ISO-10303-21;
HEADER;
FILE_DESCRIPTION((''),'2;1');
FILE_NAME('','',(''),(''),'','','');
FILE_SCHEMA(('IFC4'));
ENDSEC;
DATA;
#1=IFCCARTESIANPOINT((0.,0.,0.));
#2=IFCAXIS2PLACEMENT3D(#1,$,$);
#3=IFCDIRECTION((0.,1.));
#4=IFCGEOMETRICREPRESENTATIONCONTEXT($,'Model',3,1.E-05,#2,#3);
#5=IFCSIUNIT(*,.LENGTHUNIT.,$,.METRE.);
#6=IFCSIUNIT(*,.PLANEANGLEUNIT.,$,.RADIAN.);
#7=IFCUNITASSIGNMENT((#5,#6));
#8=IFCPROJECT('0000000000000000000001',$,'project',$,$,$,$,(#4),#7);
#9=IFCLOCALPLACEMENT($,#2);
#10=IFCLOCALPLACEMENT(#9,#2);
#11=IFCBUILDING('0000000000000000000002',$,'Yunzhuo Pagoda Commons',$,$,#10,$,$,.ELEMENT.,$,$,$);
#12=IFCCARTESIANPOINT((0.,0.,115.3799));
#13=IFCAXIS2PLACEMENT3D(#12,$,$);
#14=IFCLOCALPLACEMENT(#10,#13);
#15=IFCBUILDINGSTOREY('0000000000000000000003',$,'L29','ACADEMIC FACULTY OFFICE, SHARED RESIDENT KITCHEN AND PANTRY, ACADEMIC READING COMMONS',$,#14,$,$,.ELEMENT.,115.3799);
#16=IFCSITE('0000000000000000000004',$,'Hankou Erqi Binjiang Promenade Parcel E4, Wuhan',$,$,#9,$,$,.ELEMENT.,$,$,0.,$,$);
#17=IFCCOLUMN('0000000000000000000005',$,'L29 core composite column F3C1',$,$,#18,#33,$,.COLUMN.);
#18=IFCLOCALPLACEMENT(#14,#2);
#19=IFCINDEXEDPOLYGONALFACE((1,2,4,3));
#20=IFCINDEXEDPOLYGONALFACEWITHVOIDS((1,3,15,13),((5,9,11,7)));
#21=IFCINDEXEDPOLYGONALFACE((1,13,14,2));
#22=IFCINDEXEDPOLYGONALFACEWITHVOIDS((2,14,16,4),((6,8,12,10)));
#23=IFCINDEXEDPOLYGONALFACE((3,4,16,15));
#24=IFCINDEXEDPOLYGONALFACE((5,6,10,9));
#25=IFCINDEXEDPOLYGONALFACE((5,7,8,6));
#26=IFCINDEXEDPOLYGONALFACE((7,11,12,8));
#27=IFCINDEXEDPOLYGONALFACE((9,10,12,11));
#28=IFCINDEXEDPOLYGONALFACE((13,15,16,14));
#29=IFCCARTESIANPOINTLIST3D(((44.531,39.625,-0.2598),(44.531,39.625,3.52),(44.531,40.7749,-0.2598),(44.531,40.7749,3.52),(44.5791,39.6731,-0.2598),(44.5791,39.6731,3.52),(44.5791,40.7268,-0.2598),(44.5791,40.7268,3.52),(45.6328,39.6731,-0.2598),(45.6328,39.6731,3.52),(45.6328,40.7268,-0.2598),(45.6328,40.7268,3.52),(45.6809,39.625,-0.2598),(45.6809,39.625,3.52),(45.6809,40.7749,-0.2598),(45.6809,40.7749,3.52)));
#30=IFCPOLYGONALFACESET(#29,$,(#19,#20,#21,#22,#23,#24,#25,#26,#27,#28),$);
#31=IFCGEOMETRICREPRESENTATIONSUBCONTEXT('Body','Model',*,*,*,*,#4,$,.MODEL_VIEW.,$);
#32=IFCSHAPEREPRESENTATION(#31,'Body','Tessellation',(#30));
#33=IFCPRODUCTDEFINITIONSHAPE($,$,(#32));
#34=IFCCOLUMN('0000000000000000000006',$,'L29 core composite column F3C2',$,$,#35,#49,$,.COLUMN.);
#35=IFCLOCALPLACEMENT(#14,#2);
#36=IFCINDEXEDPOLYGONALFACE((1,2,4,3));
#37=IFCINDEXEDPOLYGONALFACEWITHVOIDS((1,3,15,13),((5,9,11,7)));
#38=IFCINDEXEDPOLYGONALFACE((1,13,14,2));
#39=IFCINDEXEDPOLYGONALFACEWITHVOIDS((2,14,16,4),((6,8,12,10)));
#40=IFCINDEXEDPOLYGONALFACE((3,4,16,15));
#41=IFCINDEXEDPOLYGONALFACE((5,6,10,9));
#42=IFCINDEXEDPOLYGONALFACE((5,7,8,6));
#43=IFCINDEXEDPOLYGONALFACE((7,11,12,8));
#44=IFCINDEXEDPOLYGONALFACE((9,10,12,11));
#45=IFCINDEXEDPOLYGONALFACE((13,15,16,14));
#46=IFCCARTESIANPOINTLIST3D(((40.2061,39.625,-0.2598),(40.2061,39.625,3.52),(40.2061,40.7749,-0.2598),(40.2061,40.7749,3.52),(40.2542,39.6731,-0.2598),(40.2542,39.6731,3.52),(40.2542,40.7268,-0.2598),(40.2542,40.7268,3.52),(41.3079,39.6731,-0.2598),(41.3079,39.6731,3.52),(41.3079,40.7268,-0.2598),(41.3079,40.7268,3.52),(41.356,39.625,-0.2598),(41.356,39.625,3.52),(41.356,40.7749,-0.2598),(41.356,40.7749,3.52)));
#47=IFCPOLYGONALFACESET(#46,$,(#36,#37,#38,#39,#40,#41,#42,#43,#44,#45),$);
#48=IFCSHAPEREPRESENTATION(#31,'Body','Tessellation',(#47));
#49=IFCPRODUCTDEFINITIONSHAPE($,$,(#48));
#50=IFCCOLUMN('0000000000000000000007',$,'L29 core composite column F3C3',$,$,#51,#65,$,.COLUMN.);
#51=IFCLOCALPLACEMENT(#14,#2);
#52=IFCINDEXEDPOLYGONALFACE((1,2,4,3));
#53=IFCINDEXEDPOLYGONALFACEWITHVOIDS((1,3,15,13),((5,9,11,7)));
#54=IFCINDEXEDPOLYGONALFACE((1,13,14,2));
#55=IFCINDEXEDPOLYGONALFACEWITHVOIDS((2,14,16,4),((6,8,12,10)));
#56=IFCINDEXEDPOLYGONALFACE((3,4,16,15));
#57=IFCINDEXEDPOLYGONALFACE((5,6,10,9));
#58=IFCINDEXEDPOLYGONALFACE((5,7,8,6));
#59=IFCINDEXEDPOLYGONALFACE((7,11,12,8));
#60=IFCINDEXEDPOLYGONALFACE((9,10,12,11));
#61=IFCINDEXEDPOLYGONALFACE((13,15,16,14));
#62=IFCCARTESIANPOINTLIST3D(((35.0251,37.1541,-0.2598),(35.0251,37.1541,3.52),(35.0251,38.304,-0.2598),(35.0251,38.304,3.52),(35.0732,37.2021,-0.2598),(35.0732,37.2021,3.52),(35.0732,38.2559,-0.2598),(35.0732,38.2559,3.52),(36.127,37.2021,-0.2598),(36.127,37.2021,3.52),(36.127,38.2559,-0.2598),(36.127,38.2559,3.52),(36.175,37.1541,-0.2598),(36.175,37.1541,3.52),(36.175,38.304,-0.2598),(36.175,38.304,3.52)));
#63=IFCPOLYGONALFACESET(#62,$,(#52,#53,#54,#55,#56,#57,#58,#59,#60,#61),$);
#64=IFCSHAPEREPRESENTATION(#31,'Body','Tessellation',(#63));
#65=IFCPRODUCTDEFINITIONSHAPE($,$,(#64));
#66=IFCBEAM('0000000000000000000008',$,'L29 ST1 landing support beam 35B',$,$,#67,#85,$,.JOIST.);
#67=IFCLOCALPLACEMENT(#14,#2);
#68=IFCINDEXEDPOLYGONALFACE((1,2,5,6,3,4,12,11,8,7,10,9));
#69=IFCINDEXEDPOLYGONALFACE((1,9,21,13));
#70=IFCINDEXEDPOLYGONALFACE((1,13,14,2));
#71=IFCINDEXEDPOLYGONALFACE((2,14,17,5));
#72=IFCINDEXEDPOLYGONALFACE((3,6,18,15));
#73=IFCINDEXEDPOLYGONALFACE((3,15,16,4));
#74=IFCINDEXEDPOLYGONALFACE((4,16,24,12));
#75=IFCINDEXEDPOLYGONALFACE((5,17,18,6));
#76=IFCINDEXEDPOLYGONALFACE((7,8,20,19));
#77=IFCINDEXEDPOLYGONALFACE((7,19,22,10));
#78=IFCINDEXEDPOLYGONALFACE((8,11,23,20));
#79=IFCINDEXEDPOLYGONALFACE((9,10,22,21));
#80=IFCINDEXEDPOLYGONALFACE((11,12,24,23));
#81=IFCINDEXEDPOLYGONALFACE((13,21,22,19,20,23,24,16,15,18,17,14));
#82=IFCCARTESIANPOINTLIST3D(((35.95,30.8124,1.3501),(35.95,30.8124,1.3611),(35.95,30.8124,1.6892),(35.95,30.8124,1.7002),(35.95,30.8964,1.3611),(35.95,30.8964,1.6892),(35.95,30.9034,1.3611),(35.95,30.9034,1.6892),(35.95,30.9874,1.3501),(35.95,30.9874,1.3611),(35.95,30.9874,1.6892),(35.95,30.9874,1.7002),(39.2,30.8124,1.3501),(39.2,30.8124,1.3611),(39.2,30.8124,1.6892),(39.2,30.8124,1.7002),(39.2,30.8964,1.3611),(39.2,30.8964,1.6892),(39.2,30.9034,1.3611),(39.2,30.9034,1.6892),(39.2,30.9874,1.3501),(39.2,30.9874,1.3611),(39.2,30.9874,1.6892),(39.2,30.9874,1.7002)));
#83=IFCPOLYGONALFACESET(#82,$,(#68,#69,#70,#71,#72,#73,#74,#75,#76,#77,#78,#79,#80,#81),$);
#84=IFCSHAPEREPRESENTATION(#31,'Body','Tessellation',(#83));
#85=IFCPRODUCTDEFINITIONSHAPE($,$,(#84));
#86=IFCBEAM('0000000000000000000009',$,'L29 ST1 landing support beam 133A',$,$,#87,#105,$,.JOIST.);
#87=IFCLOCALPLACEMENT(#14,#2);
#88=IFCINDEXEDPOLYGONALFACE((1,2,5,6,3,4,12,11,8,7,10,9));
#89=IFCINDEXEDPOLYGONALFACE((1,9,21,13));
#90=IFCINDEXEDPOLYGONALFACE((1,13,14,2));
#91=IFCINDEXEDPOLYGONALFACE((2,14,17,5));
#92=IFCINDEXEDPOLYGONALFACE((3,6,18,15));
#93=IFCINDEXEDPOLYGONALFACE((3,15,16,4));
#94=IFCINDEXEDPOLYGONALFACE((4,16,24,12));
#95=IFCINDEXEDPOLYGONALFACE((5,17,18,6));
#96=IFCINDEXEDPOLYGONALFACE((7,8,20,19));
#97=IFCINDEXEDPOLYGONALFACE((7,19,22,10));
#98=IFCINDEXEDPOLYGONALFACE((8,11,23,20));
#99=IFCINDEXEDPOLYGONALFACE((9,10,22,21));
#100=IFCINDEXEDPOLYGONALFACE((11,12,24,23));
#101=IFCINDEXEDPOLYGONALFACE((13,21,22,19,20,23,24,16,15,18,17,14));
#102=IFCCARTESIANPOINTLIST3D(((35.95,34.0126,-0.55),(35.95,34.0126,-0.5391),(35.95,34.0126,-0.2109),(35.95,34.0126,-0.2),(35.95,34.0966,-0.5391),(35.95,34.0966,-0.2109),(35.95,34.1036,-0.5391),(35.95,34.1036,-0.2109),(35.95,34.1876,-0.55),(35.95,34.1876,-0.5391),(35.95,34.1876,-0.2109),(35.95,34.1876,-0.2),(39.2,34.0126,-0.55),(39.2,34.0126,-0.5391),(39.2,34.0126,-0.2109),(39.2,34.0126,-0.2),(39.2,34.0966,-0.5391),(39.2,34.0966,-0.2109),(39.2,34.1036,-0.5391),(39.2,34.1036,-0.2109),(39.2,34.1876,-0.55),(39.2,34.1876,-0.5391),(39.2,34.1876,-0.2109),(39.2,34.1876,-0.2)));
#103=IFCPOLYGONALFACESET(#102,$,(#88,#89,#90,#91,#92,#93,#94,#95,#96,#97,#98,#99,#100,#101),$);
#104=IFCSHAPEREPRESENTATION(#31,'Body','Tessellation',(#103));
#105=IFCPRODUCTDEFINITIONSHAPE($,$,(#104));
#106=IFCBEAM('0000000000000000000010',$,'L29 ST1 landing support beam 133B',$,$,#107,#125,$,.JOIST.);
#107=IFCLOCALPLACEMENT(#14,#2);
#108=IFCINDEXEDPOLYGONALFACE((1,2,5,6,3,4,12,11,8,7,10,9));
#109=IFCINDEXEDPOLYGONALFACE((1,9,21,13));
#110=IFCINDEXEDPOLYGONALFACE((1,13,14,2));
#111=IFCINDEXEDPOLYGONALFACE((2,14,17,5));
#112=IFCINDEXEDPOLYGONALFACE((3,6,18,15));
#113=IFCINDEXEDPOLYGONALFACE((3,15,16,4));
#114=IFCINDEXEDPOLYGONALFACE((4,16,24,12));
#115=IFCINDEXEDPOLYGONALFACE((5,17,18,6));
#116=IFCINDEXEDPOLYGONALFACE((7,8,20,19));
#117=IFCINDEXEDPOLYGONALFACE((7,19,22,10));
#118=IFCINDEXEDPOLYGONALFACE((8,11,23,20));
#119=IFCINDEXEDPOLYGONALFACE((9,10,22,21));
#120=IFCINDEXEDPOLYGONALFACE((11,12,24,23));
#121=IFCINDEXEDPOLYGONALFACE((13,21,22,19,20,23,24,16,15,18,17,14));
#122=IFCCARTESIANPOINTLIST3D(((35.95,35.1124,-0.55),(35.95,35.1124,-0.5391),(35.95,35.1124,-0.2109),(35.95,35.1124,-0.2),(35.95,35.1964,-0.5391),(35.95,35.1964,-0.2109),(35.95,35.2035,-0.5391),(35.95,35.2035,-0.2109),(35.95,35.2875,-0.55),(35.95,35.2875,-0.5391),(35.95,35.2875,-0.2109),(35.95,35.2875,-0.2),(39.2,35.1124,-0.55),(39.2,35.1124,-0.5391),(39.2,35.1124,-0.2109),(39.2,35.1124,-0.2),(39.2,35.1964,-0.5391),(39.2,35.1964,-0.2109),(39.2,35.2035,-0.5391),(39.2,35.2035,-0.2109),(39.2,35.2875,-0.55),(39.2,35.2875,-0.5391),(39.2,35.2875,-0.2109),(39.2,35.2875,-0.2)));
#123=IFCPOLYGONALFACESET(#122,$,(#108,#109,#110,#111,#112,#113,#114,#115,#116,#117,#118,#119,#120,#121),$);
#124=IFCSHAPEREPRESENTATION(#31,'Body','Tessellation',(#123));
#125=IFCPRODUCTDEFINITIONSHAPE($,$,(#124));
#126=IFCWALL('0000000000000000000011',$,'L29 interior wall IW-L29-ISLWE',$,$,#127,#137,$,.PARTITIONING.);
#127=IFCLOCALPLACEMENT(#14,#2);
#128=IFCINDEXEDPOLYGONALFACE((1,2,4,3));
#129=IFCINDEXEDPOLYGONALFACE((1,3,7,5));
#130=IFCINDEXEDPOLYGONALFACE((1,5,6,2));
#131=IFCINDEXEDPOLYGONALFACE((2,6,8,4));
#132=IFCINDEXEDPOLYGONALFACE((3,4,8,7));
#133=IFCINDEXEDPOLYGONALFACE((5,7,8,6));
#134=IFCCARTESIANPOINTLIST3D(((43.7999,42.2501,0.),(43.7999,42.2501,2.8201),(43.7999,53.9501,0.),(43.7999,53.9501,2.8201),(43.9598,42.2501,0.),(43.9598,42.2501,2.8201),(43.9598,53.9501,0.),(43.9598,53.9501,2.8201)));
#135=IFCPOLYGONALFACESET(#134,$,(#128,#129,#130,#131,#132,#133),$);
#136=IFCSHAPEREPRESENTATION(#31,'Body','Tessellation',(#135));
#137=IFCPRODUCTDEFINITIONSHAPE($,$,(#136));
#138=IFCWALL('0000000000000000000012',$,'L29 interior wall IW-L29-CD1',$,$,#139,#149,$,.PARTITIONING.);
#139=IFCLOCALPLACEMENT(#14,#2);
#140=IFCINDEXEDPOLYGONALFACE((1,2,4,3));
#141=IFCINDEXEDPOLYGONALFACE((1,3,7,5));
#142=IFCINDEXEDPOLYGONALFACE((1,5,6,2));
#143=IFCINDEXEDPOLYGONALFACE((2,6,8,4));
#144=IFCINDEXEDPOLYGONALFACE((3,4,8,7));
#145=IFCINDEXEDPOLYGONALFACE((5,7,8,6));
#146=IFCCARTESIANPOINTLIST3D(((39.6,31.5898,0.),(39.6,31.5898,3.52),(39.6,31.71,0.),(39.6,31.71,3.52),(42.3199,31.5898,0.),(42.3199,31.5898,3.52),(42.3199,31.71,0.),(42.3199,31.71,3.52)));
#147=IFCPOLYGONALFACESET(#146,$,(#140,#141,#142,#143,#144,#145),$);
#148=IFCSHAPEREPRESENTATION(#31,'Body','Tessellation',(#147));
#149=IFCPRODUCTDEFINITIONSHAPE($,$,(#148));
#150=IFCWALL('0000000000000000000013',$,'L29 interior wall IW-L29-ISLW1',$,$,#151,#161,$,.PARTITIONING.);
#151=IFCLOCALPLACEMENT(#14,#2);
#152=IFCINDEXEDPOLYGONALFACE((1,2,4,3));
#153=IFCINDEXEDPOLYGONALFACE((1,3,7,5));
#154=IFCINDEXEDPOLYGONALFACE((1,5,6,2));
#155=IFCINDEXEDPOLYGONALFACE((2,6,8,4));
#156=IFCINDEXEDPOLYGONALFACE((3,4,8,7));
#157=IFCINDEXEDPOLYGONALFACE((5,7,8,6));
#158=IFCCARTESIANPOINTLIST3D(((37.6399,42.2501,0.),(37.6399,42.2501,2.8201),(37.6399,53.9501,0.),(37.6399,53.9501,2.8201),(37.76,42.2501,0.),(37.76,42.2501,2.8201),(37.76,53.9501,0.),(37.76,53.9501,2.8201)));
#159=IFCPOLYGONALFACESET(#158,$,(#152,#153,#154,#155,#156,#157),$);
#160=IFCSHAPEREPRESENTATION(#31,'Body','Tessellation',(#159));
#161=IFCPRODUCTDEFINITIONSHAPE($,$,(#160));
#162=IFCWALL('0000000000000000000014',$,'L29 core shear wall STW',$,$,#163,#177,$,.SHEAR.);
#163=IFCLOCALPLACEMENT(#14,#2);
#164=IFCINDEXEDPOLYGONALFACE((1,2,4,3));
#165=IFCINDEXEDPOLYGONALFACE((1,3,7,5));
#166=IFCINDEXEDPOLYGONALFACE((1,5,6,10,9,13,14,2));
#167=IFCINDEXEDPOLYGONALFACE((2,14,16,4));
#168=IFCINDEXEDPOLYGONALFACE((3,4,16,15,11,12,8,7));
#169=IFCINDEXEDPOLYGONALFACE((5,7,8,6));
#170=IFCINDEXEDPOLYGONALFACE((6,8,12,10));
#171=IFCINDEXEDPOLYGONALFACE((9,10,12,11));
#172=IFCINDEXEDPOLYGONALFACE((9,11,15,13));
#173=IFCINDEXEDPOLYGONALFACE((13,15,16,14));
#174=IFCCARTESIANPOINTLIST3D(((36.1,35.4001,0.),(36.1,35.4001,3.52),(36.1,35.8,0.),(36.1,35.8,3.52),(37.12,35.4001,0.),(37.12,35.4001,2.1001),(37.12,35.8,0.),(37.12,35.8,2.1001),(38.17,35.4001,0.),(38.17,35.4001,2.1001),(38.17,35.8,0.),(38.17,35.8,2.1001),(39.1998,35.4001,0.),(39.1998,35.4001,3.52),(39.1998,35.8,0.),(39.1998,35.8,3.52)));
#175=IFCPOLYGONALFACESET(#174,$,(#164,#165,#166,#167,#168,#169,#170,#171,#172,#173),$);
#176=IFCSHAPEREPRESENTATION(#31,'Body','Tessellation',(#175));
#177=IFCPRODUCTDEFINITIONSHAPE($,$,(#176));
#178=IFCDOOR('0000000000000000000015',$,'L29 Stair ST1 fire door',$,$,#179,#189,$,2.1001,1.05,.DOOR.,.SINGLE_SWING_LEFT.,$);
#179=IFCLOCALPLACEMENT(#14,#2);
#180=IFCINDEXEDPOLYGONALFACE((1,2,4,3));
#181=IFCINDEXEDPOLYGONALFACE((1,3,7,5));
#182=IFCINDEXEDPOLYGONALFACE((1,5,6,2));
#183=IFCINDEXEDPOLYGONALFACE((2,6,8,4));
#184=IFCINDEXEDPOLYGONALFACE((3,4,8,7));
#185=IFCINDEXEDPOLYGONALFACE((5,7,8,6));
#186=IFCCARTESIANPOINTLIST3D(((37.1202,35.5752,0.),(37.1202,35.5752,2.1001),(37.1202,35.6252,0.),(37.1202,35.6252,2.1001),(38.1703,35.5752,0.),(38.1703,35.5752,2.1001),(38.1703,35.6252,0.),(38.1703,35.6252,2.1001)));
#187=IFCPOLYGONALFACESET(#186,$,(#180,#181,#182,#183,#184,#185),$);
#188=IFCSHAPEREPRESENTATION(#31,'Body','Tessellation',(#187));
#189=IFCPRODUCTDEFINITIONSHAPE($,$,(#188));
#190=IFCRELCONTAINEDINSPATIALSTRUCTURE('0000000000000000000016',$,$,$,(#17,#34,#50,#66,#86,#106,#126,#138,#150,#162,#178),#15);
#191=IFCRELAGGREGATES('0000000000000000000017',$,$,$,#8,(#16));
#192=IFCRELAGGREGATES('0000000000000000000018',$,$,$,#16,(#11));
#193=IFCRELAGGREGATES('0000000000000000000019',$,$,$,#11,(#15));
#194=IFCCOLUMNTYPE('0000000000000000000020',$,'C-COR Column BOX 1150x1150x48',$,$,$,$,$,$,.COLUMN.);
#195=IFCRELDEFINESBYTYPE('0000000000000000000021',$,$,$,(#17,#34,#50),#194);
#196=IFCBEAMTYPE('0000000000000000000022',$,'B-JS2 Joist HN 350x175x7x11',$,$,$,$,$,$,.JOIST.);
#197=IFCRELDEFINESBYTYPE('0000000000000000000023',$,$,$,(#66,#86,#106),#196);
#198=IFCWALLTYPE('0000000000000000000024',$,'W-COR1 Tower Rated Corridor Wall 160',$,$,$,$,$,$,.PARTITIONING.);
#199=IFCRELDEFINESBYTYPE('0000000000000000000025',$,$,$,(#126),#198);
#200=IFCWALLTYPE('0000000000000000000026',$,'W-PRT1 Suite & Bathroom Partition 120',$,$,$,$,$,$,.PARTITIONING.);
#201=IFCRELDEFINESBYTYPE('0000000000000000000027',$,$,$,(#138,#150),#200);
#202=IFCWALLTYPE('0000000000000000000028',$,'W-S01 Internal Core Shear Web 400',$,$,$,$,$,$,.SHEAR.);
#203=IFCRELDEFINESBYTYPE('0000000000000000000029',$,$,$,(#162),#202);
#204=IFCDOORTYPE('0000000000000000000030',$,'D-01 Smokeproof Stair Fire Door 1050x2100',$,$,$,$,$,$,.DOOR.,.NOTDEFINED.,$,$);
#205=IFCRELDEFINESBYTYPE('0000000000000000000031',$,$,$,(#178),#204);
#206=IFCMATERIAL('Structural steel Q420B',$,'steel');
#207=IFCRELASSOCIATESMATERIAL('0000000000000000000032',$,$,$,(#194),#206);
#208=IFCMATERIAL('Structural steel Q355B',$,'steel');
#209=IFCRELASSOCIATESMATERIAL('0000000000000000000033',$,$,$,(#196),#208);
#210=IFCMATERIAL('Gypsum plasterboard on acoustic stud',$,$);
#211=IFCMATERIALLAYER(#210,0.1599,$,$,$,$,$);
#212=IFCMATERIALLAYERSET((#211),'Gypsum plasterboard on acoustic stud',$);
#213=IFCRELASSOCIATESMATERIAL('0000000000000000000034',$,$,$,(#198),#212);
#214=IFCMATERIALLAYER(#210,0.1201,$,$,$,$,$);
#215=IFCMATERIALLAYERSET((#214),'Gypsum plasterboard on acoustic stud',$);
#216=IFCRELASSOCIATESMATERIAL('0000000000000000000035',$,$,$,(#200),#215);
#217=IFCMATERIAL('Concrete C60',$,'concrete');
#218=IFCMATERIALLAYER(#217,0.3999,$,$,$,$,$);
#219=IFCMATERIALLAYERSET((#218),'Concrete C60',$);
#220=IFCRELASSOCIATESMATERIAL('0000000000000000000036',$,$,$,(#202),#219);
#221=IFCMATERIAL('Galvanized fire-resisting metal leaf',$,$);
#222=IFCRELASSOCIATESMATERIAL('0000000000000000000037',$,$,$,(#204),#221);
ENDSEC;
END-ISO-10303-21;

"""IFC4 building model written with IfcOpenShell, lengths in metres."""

from ifc_helpers import new_model, si_unit, direction, frame, frame_2d, origin, origin_2d, place, context, subcontext, project, spatial, rectangle, hollow_rectangle, i_section, extrude, source, transform, mapped, material, layer, layer_set, material_profile, profile_set, type_object, element, fill, save


model = new_model("IFC4")

# Units and contexts
model_context = context("Model", 3, precision=1e-05, world=origin(), true_north=direction((0.0, 1.0)))
body_context = subcontext(model_context, "Body", "Model", "MODEL_VIEW")
ifc_project = project(units=[si_unit("LENGTHUNIT", "METRE"), si_unit("PLANEANGLEUNIT", "RADIAN")], contexts=[model_context])

# Site, building, storey
site_placement = place(None, origin())
site = spatial("IfcSite", under=ifc_project, at=site_placement, Name="Hankou Erqi Binjiang Promenade Parcel E4, Wuhan", CompositionType="ELEMENT", RefElevation=0.0)
building_placement = place(site_placement, origin())
building = spatial("IfcBuilding", under=site, at=building_placement, Name="Yunzhuo Pagoda Commons", CompositionType="ELEMENT")
storey_placement = place(building_placement, frame((0.0, 0.0, 115.3799)))
storey = spatial("IfcBuildingStorey", under=building, at=storey_placement, Name="L29", Description="ACADEMIC FACULTY OFFICE, SHARED RESIDENT KITCHEN AND PANTRY, ACADEMIC READING COMMONS", CompositionType="ELEMENT", Elevation=115.3799)

# Columns
ifc_material_1 = material(Name="Structural steel Q420B", Category="steel")
ifc_material_profile_1 = material_profile(ifc_material_1, hollow_rectangle(XDim=1.1499, YDim=1.1499, WallThickness=0.0481, at=origin_2d()), Name="Structural steel Q420B")
ifc_profile_set_1 = profile_set([ifc_material_profile_1], Name="Structural steel Q420B")
column_type = type_object("IfcColumnType", Name="C-COR Column BOX 1150x1150x48", PredefinedType="COLUMN", material=ifc_profile_set_1)
shared_shape_1 = source(origin(), body_context, "Body", "SweptSolid", [
    extrude(hollow_rectangle(XDim=1.1499, YDim=1.1499, WallThickness=0.0481, at=origin_2d()), origin(), (0.0, 0.0, 1.0), 3.7798),
])
for number, where, z_axis, x_axis, name in (
    (1, (45.106, 40.2, -0.2598), (0.0, 0.0, 1.0), (1.0, 0.0, 0.0), "L29 core composite column F3C1"),
    (2, (40.781, 40.2, -0.2598), (0.0, 0.0, 1.0), (1.0, 0.0, 0.0), "L29 core composite column F3C2"),
    (3, (35.6001, 37.729, -0.2598), (0.0, 0.0, 1.0), (1.0, 0.0, 0.0), "L29 core composite column F3C3"),
):
    element("IfcColumn", number, at=place(storey_placement, frame(where, z_axis=z_axis, x_axis=x_axis)), inside=storey, type_object=column_type, Name=name, PredefinedType="COLUMN", context=body_context, shape_type="MappedRepresentation", body=[
        mapped(shared_shape_1, transform((0.0, 0.0, 0.0), scale=1.0)),
    ])

# Beams
ifc_material_2 = material(Name="Structural steel Q355B", Category="steel")
ifc_material_profile_2 = material_profile(ifc_material_2, i_section(OverallWidth=0.175, OverallDepth=0.3501, WebThickness=0.0071, FlangeThickness=0.011, at=origin_2d()), Name="Structural steel Q355B")
ifc_profile_set_2 = profile_set([ifc_material_profile_2], Name="Structural steel Q355B")
beam_type = type_object("IfcBeamType", Name="B-JS2 Joist HN 350x175x7x11", PredefinedType="JOIST", material=ifc_profile_set_2)
shared_shape_2 = source(origin(), body_context, "Body", "SweptSolid", [
    extrude(i_section(OverallWidth=0.175, OverallDepth=0.3501, WebThickness=0.0071, FlangeThickness=0.011, at=origin_2d()), origin(), (0.0, 0.0, 1.0), 3.25),
])
for number, where, z_axis, x_axis, name in (
    (4, (35.95, 30.8999, 1.5251), (1.0, 0.0, 0.0), (0.0, 1.0, 0.0), "L29 ST1 landing support beam 35B"),
    (5, (35.95, 34.1001, -0.375), (1.0, 0.0, 0.0), (0.0, 1.0, 0.0), "L29 ST1 landing support beam 133A"),
    (6, (35.95, 35.2, -0.375), (1.0, 0.0, 0.0), (0.0, 1.0, 0.0), "L29 ST1 landing support beam 133B"),
):
    element("IfcBeam", number, at=place(storey_placement, frame(where, z_axis=z_axis, x_axis=x_axis)), inside=storey, type_object=beam_type, Name=name, PredefinedType="JOIST", context=body_context, shape_type="MappedRepresentation", body=[
        mapped(shared_shape_2, transform((0.0, 0.0, 0.0), scale=1.0)),
    ])

# Walls
ifc_material_3 = material(Name="Gypsum plasterboard on acoustic stud")
ifc_layer_1 = layer(ifc_material_3, 0.1599)
ifc_layer_set_1 = layer_set([ifc_layer_1], Name="Gypsum plasterboard on acoustic stud")
wall_type_1 = type_object("IfcWallType", Name="W-COR1 Tower Rated Corridor Wall 160", PredefinedType="PARTITIONING", material=ifc_layer_set_1)
wall_1_placement = place(storey_placement, frame((43.8799, 42.25, 0.0), z_axis=(0.0, 0.0, 1.0), x_axis=(0.0, 1.0, 0.0)))
element("IfcWall", 7, at=wall_1_placement, inside=storey, type_object=wall_type_1, Name="L29 interior wall IW-L29-ISLWE", PredefinedType="PARTITIONING", context=body_context, shape_type="SweptSolid", body=[
    extrude(rectangle(XDim=11.7, YDim=0.1599, at=frame_2d((5.8501, 0.0))), origin(), (0.0, 0.0, 1.0), 2.8201),
])
ifc_layer_2 = layer(ifc_material_3, 0.1201)
ifc_layer_set_2 = layer_set([ifc_layer_2], Name="Gypsum plasterboard on acoustic stud")
wall_type_2 = type_object("IfcWallType", Name="W-PRT1 Suite & Bathroom Partition 120", PredefinedType="PARTITIONING", material=ifc_layer_set_2)
wall_2_placement = place(storey_placement, frame((39.6001, 31.6499, 0.0), z_axis=(0.0, 0.0, 1.0), x_axis=(1.0, 0.0, 0.0)))
element("IfcWall", 8, at=wall_2_placement, inside=storey, type_object=wall_type_2, Name="L29 interior wall IW-L29-CD1", PredefinedType="PARTITIONING", context=body_context, shape_type="SweptSolid", body=[
    extrude(rectangle(XDim=2.72, YDim=0.1201, at=frame_2d((1.3599, 0.0))), origin(), (0.0, 0.0, 1.0), 3.52),
])
wall_3_placement = place(storey_placement, frame((37.7, 42.25, 0.0), z_axis=(0.0, 0.0, 1.0), x_axis=(0.0, 1.0, 0.0)))
element("IfcWall", 9, at=wall_3_placement, inside=storey, type_object=wall_type_2, Name="L29 interior wall IW-L29-ISLW1", PredefinedType="PARTITIONING", context=body_context, shape_type="SweptSolid", body=[
    extrude(rectangle(XDim=11.7, YDim=0.1201, at=frame_2d((5.8501, 0.0))), origin(), (0.0, 0.0, 1.0), 2.8201),
])

# Wall, opening, door
ifc_material_4 = material(Name="Concrete C60", Category="concrete")
ifc_layer_3 = layer(ifc_material_4, 0.3999)
ifc_layer_set_3 = layer_set([ifc_layer_3], Name="Concrete C60")
wall_type_3 = type_object("IfcWallType", Name="W-S01 Internal Core Shear Web 400", PredefinedType="SHEAR", material=ifc_layer_set_3)
wall_4_placement = place(storey_placement, frame((36.1001, 35.6001, 0.0), z_axis=(0.0, 0.0, 1.0), x_axis=(1.0, 0.0, 0.0)))
wall_4 = element("IfcWall", 10, at=wall_4_placement, inside=storey, type_object=wall_type_3, Name="L29 core shear wall STW", PredefinedType="SHEAR", context=body_context, shape_type="SweptSolid", body=[
    extrude(rectangle(XDim=3.0999, YDim=0.3999, at=frame_2d((1.5498, 0.0))), origin(), (0.0, 0.0, 1.0), 3.52),
])
opening_1_placement = place(wall_4_placement, frame((1.02, 0.0, 0.0)))
opening_1 = element("IfcOpeningElement", 11, at=opening_1_placement, cuts=wall_4, PredefinedType="OPENING", context=body_context, shape_type="SweptSolid", body=[
    extrude(rectangle(XDim=1.05, YDim=2.1001, at=frame_2d((0.5249, 1.05))), frame((0.0, 0.21, 0.0), z_axis=(0.0, -1.0, 0.0), x_axis=(1.0, 0.0, 0.0)), (0.0, 0.0, 1.0), 0.4199),
])
ifc_material_5 = material(Name="Galvanized fire-resisting metal leaf")
door_type_1 = type_object("IfcDoorType", Name="D-01 Smokeproof Stair Fire Door 1050x2100", OperationType="NOTDEFINED", PredefinedType="DOOR", material=ifc_material_5)
shared_shape_3 = source(origin(), body_context, "Body", "SweptSolid", [
    extrude(rectangle(XDim=1.05, YDim=2.1001, at=frame_2d((0.5249, 1.05))), frame((0.0, 0.0249, 0.0), z_axis=(0.0, -1.0, 0.0), x_axis=(1.0, 0.0, 0.0)), (0.0, 0.0, 1.0), 0.05),
])
door_1_placement = place(opening_1_placement, frame((1.05, 0.0, 0.0), z_axis=(0.0, 0.0, 1.0), x_axis=(-1.0, 0.0, 0.0)))
door_1 = element("IfcDoor", 12, at=door_1_placement, inside=storey, type_object=door_type_1, Name="L29 Stair ST1 fire door", OperationType="SINGLE_SWING_LEFT", OverallHeight=2.1001, OverallWidth=1.05, PredefinedType="DOOR", context=body_context, shape_type="MappedRepresentation", body=[
    mapped(shared_shape_3, transform((0.0, 0.0, 0.0), scale=1.0)),
])
fill(opening_1, door_1)

save(model, "model.ifc")
